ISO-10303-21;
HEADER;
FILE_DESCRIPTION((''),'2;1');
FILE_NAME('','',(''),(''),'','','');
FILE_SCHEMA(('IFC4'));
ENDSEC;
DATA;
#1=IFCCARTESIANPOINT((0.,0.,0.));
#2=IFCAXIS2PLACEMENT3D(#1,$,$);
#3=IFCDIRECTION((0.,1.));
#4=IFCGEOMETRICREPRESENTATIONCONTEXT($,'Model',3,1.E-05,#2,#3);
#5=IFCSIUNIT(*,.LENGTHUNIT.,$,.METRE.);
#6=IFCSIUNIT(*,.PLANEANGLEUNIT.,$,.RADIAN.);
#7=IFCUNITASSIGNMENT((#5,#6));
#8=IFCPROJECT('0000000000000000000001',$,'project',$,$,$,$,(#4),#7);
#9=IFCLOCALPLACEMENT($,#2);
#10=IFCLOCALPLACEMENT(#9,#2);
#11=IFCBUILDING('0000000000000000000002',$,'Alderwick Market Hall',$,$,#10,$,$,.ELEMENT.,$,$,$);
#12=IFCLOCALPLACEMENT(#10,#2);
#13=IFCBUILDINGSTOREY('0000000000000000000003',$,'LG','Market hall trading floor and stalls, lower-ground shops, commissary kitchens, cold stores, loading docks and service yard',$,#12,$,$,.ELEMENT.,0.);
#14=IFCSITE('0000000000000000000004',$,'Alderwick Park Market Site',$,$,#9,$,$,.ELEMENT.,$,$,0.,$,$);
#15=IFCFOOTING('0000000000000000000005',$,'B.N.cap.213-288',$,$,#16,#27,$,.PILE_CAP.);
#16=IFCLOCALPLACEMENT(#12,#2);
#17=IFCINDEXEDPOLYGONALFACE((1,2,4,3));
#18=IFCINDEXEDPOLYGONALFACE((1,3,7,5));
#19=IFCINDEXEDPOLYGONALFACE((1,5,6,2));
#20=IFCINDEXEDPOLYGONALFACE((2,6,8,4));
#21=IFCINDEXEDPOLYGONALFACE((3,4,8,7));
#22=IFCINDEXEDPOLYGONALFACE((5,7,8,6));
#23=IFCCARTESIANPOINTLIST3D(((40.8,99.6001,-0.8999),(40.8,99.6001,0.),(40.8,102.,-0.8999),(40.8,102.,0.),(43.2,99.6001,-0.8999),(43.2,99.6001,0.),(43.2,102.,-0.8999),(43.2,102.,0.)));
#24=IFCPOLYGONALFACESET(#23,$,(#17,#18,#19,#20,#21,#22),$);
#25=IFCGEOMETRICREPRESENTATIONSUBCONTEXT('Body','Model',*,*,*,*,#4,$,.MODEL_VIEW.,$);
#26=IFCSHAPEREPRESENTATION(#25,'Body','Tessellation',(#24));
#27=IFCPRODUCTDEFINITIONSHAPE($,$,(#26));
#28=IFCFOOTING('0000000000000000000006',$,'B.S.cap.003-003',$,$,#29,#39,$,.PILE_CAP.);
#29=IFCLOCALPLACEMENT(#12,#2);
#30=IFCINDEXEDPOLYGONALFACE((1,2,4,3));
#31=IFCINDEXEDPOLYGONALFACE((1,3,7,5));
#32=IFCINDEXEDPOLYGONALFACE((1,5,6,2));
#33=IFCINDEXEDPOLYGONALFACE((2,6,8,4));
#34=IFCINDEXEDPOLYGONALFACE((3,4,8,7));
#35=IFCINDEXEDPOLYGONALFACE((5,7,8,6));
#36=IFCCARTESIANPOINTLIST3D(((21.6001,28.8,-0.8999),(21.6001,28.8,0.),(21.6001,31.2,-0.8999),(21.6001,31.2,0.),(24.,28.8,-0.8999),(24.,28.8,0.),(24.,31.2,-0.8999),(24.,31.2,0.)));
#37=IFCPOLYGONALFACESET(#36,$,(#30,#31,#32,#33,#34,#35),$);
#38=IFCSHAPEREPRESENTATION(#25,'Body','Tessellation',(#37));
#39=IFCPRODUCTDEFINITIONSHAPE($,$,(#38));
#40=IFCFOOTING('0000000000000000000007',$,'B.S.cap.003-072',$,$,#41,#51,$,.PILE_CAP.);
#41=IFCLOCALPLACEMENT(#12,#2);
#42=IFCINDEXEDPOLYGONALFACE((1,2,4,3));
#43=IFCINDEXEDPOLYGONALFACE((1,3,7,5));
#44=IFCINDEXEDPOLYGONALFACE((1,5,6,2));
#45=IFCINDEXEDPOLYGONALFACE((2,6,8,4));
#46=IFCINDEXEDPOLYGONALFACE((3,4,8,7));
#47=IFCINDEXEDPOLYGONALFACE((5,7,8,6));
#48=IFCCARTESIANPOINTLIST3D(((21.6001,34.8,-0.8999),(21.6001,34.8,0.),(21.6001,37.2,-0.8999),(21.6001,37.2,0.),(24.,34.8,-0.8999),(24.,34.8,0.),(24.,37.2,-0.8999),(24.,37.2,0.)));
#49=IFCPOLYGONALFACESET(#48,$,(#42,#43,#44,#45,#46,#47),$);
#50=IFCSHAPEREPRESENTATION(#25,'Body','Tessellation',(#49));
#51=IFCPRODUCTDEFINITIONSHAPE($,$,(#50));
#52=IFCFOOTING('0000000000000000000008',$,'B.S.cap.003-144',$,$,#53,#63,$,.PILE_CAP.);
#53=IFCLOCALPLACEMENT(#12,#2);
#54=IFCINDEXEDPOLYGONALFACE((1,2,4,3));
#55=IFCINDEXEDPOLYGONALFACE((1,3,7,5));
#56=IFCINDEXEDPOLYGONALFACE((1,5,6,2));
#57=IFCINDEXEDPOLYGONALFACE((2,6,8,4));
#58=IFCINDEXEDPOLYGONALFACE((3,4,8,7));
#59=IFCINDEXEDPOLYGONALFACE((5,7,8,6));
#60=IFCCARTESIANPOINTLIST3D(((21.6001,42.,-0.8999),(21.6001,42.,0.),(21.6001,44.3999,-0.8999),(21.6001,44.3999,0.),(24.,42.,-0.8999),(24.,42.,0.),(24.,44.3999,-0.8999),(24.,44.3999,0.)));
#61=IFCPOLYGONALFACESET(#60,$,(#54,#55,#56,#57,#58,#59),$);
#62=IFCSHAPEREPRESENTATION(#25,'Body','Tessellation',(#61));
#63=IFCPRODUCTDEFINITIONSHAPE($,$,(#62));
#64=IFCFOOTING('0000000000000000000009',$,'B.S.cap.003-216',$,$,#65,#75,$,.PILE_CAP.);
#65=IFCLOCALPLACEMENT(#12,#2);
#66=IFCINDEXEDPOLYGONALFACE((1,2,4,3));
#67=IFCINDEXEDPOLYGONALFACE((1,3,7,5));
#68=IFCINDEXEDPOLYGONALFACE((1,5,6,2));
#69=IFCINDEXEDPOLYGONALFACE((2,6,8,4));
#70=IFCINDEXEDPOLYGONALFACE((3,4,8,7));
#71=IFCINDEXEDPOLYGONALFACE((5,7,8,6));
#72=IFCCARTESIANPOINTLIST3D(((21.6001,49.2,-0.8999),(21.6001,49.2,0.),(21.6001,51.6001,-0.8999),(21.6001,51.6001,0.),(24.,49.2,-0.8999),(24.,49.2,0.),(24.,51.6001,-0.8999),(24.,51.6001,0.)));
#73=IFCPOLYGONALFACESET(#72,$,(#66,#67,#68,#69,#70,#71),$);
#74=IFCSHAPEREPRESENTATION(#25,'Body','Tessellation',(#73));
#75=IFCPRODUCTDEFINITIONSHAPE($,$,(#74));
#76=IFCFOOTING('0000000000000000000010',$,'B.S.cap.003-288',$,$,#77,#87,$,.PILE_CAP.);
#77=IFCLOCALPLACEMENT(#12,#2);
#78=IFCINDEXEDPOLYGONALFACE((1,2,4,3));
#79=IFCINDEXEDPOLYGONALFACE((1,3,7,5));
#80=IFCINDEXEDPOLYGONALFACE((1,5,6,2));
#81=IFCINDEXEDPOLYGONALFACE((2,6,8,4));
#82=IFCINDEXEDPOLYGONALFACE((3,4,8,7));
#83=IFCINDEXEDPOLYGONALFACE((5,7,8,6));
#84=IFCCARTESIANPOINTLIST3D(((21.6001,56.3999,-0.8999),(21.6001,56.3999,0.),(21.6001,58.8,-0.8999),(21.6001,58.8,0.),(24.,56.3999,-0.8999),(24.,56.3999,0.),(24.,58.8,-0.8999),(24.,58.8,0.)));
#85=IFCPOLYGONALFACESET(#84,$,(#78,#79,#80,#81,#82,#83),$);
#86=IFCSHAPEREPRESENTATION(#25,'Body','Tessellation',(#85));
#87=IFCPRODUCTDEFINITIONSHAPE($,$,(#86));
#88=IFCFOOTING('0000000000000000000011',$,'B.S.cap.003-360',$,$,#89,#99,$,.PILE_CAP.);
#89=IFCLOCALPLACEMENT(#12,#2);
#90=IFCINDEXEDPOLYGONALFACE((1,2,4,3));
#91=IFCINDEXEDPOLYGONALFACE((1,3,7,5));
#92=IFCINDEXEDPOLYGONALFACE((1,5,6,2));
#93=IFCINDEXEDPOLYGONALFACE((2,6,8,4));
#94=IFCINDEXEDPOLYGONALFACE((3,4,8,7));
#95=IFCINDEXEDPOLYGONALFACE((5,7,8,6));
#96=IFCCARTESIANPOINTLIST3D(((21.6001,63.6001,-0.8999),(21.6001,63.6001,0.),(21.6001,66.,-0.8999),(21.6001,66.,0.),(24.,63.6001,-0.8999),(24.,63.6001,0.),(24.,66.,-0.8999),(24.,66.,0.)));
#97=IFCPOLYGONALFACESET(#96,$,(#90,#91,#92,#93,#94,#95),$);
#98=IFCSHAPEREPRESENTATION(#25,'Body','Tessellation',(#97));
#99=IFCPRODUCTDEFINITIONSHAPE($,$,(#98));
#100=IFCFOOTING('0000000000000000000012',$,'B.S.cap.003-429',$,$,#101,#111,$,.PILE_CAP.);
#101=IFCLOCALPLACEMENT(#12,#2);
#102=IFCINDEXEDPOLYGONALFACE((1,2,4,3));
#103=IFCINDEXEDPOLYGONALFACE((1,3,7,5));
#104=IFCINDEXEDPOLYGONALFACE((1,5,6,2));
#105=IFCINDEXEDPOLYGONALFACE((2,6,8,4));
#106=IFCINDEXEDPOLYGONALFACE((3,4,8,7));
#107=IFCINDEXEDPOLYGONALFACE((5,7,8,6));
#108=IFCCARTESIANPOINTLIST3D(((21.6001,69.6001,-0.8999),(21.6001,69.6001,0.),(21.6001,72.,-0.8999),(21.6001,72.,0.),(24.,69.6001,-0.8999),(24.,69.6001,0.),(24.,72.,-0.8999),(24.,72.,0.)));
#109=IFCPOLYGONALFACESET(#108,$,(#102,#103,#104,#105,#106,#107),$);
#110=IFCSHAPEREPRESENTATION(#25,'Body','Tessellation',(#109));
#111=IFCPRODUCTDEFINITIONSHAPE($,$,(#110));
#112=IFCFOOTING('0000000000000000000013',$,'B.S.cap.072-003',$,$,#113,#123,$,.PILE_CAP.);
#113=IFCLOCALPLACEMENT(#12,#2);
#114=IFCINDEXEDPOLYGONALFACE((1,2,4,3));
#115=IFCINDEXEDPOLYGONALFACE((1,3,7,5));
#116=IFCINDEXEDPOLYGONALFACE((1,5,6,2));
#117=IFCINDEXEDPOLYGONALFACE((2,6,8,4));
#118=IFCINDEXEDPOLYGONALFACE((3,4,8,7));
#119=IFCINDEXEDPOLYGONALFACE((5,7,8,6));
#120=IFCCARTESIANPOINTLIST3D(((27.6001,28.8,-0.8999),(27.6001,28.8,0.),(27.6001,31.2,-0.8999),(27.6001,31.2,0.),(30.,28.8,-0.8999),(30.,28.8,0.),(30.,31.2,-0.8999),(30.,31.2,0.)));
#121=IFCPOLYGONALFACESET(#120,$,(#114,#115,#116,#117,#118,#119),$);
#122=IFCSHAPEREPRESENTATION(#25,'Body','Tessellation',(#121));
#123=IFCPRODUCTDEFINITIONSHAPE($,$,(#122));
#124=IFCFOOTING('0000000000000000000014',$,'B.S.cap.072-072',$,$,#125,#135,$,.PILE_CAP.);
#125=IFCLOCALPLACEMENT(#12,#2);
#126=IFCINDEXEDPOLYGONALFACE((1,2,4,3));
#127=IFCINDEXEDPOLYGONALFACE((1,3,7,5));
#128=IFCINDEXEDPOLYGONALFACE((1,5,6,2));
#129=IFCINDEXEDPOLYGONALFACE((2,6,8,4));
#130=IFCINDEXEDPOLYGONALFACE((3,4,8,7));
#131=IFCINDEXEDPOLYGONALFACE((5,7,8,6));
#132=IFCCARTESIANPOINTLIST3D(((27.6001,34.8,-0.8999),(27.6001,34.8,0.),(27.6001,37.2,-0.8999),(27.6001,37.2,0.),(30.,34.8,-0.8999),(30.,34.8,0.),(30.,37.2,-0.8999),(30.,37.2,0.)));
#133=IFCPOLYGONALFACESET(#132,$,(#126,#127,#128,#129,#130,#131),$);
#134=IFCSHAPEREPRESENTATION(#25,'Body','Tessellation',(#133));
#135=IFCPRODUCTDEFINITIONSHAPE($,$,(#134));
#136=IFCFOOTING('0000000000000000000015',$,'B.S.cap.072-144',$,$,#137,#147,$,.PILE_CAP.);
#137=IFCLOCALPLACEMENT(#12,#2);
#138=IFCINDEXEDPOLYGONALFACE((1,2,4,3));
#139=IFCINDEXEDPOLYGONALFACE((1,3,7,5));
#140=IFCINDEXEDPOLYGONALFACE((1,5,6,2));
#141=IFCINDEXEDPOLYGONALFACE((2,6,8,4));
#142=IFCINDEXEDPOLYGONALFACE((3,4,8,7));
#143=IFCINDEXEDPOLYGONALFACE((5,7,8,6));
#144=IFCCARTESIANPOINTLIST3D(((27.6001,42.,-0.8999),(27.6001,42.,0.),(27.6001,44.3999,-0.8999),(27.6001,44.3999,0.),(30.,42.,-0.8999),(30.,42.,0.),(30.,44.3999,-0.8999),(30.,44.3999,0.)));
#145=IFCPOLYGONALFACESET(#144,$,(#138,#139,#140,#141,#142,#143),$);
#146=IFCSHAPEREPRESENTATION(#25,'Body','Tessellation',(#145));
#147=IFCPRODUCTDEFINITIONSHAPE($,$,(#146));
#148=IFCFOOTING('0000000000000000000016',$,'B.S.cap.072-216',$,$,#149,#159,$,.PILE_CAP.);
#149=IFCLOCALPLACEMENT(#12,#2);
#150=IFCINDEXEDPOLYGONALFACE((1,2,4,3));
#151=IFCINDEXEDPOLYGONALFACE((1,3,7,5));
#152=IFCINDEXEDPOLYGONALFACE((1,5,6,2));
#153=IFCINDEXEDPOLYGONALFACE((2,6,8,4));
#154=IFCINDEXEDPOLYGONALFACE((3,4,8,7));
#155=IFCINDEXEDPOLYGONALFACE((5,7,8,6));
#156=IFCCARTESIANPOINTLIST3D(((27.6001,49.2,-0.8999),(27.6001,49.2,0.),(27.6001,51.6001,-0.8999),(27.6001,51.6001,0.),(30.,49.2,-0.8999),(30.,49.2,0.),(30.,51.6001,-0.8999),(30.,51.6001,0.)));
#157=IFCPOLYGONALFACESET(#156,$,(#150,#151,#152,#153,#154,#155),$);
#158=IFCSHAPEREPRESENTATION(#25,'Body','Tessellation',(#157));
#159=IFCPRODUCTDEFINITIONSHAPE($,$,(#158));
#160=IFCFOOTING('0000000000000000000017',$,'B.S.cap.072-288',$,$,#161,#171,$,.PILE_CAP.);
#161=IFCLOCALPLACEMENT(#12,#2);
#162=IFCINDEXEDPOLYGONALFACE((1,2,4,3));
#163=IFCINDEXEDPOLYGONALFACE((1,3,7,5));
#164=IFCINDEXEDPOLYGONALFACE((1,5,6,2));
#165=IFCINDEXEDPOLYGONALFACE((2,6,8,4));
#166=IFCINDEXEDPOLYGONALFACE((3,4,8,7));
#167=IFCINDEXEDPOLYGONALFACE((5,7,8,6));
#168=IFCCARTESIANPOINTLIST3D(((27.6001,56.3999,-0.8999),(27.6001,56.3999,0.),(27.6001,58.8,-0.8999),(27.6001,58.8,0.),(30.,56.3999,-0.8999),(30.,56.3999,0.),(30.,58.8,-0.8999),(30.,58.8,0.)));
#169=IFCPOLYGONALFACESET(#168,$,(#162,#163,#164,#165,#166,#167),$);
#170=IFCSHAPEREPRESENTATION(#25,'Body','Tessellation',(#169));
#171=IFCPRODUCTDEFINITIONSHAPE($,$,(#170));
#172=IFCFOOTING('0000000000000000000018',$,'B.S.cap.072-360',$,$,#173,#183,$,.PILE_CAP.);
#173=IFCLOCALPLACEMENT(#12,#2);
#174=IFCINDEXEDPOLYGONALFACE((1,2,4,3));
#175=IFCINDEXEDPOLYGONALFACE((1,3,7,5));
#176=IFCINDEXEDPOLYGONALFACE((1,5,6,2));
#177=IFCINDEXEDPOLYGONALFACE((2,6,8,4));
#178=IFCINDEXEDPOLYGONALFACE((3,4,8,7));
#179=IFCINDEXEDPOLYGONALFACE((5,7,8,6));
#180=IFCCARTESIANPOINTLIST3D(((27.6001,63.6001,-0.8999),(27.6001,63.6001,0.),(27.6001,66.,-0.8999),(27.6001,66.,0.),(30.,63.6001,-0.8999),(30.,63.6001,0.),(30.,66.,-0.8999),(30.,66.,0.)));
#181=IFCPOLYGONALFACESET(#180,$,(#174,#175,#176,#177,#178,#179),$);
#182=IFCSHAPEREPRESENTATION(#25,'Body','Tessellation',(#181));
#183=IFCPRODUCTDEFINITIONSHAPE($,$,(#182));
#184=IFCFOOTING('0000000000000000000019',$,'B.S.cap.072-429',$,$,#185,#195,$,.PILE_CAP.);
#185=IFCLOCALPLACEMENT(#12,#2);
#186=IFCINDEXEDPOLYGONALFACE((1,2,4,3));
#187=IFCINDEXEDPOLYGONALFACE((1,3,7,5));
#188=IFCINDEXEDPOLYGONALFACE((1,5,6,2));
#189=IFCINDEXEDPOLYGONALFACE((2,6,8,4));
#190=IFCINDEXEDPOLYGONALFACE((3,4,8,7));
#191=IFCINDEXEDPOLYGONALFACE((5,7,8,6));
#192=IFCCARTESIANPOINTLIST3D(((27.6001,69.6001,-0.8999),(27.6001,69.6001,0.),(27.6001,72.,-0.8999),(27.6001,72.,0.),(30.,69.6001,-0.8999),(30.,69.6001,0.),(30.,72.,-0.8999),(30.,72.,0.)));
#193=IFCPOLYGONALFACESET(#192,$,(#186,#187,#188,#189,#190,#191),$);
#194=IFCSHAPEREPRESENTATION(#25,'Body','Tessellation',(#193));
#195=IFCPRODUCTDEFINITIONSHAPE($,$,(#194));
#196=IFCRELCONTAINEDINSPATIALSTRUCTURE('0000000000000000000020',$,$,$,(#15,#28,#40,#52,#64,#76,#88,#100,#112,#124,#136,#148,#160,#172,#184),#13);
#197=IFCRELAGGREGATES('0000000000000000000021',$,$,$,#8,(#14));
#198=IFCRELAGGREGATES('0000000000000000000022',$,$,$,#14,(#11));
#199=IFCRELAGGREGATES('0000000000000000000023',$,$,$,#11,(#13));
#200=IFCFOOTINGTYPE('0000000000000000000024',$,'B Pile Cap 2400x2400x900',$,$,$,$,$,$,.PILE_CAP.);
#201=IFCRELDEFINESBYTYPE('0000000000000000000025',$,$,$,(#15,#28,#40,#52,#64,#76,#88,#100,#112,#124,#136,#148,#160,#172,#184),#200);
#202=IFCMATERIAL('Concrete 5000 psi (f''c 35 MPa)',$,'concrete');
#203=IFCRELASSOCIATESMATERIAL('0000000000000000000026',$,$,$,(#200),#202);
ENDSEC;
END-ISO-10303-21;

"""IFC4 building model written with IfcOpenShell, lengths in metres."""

from ifc_helpers import new_model, si_unit, direction, frame, origin, place, context, subcontext, project, spatial, polyline, outline, extrude, material, type_object, element, save


model = new_model("IFC4")

# Units and contexts
model_context = context("Model", 3, precision=1e-05, world=origin(), true_north=direction((0.0, 1.0)))
body_context = subcontext(model_context, "Body", "Model", "MODEL_VIEW")
ifc_project = project(units=[si_unit("LENGTHUNIT", "METRE"), si_unit("PLANEANGLEUNIT", "RADIAN")], contexts=[model_context])

# Site, building, storey
site_placement = place(None, origin())
site = spatial("IfcSite", under=ifc_project, at=site_placement, Name="Alderwick Park Market Site", CompositionType="ELEMENT", RefElevation=0.0)
building_placement = place(site_placement, origin())
building = spatial("IfcBuilding", under=site, at=building_placement, Name="Alderwick Market Hall", CompositionType="ELEMENT")
storey_placement = place(building_placement, origin())
storey = spatial("IfcBuildingStorey", under=building, at=storey_placement, Name="LG", Description="Market hall trading floor and stalls, lower-ground shops, commissary kitchens, cold stores, loading docks and service yard", CompositionType="ELEMENT", Elevation=0.0)

# Footings
ifc_material_1 = material(Name="Concrete 5000 psi (f'c 35 MPa)", Category="concrete")
footing_type_1 = type_object("IfcFootingType", Name="B Pile Cap 2400x2400x900", PredefinedType="PILE_CAP", material=ifc_material_1)
footing_1_placement = place(storey_placement, frame((0.0, 0.0, -0.8999)))
element("IfcFooting", 1, at=footing_1_placement, inside=storey, type_object=footing_type_1, Name="B.N.cap.213-288", PredefinedType="PILE_CAP", context=body_context, shape_type="SweptSolid", body=[
    extrude(outline(polyline([(40.8, 99.6001), (43.2, 99.6001), (43.2, 102.0), (40.8, 102.0), (40.8, 99.6001)])), origin(), (0.0, 0.0, 1.0), 0.8999),
])
footing_2_placement = place(storey_placement, frame((0.0, 0.0, -0.8999)))
element("IfcFooting", 2, at=footing_2_placement, inside=storey, type_object=footing_type_1, Name="B.S.cap.003-003", PredefinedType="PILE_CAP", context=body_context, shape_type="SweptSolid", body=[
    extrude(outline(polyline([(21.6001, 28.8), (24.0, 28.8), (24.0, 31.2), (21.6001, 31.2), (21.6001, 28.8)])), origin(), (0.0, 0.0, 1.0), 0.8999),
])
footing_3_placement = place(storey_placement, frame((0.0, 0.0, -0.8999)))
element("IfcFooting", 3, at=footing_3_placement, inside=storey, type_object=footing_type_1, Name="B.S.cap.003-072", PredefinedType="PILE_CAP", context=body_context, shape_type="SweptSolid", body=[
    extrude(outline(polyline([(21.6001, 34.8), (24.0, 34.8), (24.0, 37.2), (21.6001, 37.2), (21.6001, 34.8)])), origin(), (0.0, 0.0, 1.0), 0.8999),
])
footing_4_placement = place(storey_placement, frame((0.0, 0.0, -0.8999)))
element("IfcFooting", 4, at=footing_4_placement, inside=storey, type_object=footing_type_1, Name="B.S.cap.003-144", PredefinedType="PILE_CAP", context=body_context, shape_type="SweptSolid", body=[
    extrude(outline(polyline([(21.6001, 42.0), (24.0, 42.0), (24.0, 44.3999), (21.6001, 44.3999), (21.6001, 42.0)])), origin(), (0.0, 0.0, 1.0), 0.8999),
])
footing_5_placement = place(storey_placement, frame((0.0, 0.0, -0.8999)))
element("IfcFooting", 5, at=footing_5_placement, inside=storey, type_object=footing_type_1, Name="B.S.cap.003-216", PredefinedType="PILE_CAP", context=body_context, shape_type="SweptSolid", body=[
    extrude(outline(polyline([(21.6001, 49.2), (24.0, 49.2), (24.0, 51.6001), (21.6001, 51.6001), (21.6001, 49.2)])), origin(), (0.0, 0.0, 1.0), 0.8999),
])
footing_6_placement = place(storey_placement, frame((0.0, 0.0, -0.8999)))
element("IfcFooting", 6, at=footing_6_placement, inside=storey, type_object=footing_type_1, Name="B.S.cap.003-288", PredefinedType="PILE_CAP", context=body_context, shape_type="SweptSolid", body=[
    extrude(outline(polyline([(21.6001, 56.3999), (24.0, 56.3999), (24.0, 58.8), (21.6001, 58.8), (21.6001, 56.3999)])), origin(), (0.0, 0.0, 1.0), 0.8999),
])
footing_7_placement = place(storey_placement, frame((0.0, 0.0, -0.8999)))
element("IfcFooting", 7, at=footing_7_placement, inside=storey, type_object=footing_type_1, Name="B.S.cap.003-360", PredefinedType="PILE_CAP", context=body_context, shape_type="SweptSolid", body=[
    extrude(outline(polyline([(21.6001, 63.6001), (24.0, 63.6001), (24.0, 66.0), (21.6001, 66.0), (21.6001, 63.6001)])), origin(), (0.0, 0.0, 1.0), 0.8999),
])
footing_8_placement = place(storey_placement, frame((0.0, 0.0, -0.8999)))
element("IfcFooting", 8, at=footing_8_placement, inside=storey, type_object=footing_type_1, Name="B.S.cap.003-429", PredefinedType="PILE_CAP", context=body_context, shape_type="SweptSolid", body=[
    extrude(outline(polyline([(21.6001, 69.6001), (24.0, 69.6001), (24.0, 72.0), (21.6001, 72.0), (21.6001, 69.6001)])), origin(), (0.0, 0.0, 1.0), 0.8999),
])
footing_9_placement = place(storey_placement, frame((0.0, 0.0, -0.8999)))
element("IfcFooting", 9, at=footing_9_placement, inside=storey, type_object=footing_type_1, Name="B.S.cap.072-003", PredefinedType="PILE_CAP", context=body_context, shape_type="SweptSolid", body=[
    extrude(outline(polyline([(27.6001, 28.8), (30.0, 28.8), (30.0, 31.2), (27.6001, 31.2), (27.6001, 28.8)])), origin(), (0.0, 0.0, 1.0), 0.8999),
])
footing_10_placement = place(storey_placement, frame((0.0, 0.0, -0.8999)))
element("IfcFooting", 10, at=footing_10_placement, inside=storey, type_object=footing_type_1, Name="B.S.cap.072-072", PredefinedType="PILE_CAP", context=body_context, shape_type="SweptSolid", body=[
    extrude(outline(polyline([(27.6001, 34.8), (30.0, 34.8), (30.0, 37.2), (27.6001, 37.2), (27.6001, 34.8)])), origin(), (0.0, 0.0, 1.0), 0.8999),
])
footing_11_placement = place(storey_placement, frame((0.0, 0.0, -0.8999)))
element("IfcFooting", 11, at=footing_11_placement, inside=storey, type_object=footing_type_1, Name="B.S.cap.072-144", PredefinedType="PILE_CAP", context=body_context, shape_type="SweptSolid", body=[
    extrude(outline(polyline([(27.6001, 42.0), (30.0, 42.0), (30.0, 44.3999), (27.6001, 44.3999), (27.6001, 42.0)])), origin(), (0.0, 0.0, 1.0), 0.8999),
])
footing_12_placement = place(storey_placement, frame((0.0, 0.0, -0.8999)))
element("IfcFooting", 12, at=footing_12_placement, inside=storey, type_object=footing_type_1, Name="B.S.cap.072-216", PredefinedType="PILE_CAP", context=body_context, shape_type="SweptSolid", body=[
    extrude(outline(polyline([(27.6001, 49.2), (30.0, 49.2), (30.0, 51.6001), (27.6001, 51.6001), (27.6001, 49.2)])), origin(), (0.0, 0.0, 1.0), 0.8999),
])
footing_13_placement = place(storey_placement, frame((0.0, 0.0, -0.8999)))
element("IfcFooting", 13, at=footing_13_placement, inside=storey, type_object=footing_type_1, Name="B.S.cap.072-288", PredefinedType="PILE_CAP", context=body_context, shape_type="SweptSolid", body=[
    extrude(outline(polyline([(27.6001, 56.3999), (30.0, 56.3999), (30.0, 58.8), (27.6001, 58.8), (27.6001, 56.3999)])), origin(), (0.0, 0.0, 1.0), 0.8999),
])
footing_14_placement = place(storey_placement, frame((0.0, 0.0, -0.8999)))
element("IfcFooting", 14, at=footing_14_placement, inside=storey, type_object=footing_type_1, Name="B.S.cap.072-360", PredefinedType="PILE_CAP", context=body_context, shape_type="SweptSolid", body=[
    extrude(outline(polyline([(27.6001, 63.6001), (30.0, 63.6001), (30.0, 66.0), (27.6001, 66.0), (27.6001, 63.6001)])), origin(), (0.0, 0.0, 1.0), 0.8999),
])
footing_15_placement = place(storey_placement, frame((0.0, 0.0, -0.8999)))
element("IfcFooting", 15, at=footing_15_placement, inside=storey, type_object=footing_type_1, Name="B.S.cap.072-429", PredefinedType="PILE_CAP", context=body_context, shape_type="SweptSolid", body=[
    extrude(outline(polyline([(27.6001, 69.6001), (30.0, 69.6001), (30.0, 72.0), (27.6001, 72.0), (27.6001, 69.6001)])), origin(), (0.0, 0.0, 1.0), 0.8999),
])

save(model, "model.ifc")
